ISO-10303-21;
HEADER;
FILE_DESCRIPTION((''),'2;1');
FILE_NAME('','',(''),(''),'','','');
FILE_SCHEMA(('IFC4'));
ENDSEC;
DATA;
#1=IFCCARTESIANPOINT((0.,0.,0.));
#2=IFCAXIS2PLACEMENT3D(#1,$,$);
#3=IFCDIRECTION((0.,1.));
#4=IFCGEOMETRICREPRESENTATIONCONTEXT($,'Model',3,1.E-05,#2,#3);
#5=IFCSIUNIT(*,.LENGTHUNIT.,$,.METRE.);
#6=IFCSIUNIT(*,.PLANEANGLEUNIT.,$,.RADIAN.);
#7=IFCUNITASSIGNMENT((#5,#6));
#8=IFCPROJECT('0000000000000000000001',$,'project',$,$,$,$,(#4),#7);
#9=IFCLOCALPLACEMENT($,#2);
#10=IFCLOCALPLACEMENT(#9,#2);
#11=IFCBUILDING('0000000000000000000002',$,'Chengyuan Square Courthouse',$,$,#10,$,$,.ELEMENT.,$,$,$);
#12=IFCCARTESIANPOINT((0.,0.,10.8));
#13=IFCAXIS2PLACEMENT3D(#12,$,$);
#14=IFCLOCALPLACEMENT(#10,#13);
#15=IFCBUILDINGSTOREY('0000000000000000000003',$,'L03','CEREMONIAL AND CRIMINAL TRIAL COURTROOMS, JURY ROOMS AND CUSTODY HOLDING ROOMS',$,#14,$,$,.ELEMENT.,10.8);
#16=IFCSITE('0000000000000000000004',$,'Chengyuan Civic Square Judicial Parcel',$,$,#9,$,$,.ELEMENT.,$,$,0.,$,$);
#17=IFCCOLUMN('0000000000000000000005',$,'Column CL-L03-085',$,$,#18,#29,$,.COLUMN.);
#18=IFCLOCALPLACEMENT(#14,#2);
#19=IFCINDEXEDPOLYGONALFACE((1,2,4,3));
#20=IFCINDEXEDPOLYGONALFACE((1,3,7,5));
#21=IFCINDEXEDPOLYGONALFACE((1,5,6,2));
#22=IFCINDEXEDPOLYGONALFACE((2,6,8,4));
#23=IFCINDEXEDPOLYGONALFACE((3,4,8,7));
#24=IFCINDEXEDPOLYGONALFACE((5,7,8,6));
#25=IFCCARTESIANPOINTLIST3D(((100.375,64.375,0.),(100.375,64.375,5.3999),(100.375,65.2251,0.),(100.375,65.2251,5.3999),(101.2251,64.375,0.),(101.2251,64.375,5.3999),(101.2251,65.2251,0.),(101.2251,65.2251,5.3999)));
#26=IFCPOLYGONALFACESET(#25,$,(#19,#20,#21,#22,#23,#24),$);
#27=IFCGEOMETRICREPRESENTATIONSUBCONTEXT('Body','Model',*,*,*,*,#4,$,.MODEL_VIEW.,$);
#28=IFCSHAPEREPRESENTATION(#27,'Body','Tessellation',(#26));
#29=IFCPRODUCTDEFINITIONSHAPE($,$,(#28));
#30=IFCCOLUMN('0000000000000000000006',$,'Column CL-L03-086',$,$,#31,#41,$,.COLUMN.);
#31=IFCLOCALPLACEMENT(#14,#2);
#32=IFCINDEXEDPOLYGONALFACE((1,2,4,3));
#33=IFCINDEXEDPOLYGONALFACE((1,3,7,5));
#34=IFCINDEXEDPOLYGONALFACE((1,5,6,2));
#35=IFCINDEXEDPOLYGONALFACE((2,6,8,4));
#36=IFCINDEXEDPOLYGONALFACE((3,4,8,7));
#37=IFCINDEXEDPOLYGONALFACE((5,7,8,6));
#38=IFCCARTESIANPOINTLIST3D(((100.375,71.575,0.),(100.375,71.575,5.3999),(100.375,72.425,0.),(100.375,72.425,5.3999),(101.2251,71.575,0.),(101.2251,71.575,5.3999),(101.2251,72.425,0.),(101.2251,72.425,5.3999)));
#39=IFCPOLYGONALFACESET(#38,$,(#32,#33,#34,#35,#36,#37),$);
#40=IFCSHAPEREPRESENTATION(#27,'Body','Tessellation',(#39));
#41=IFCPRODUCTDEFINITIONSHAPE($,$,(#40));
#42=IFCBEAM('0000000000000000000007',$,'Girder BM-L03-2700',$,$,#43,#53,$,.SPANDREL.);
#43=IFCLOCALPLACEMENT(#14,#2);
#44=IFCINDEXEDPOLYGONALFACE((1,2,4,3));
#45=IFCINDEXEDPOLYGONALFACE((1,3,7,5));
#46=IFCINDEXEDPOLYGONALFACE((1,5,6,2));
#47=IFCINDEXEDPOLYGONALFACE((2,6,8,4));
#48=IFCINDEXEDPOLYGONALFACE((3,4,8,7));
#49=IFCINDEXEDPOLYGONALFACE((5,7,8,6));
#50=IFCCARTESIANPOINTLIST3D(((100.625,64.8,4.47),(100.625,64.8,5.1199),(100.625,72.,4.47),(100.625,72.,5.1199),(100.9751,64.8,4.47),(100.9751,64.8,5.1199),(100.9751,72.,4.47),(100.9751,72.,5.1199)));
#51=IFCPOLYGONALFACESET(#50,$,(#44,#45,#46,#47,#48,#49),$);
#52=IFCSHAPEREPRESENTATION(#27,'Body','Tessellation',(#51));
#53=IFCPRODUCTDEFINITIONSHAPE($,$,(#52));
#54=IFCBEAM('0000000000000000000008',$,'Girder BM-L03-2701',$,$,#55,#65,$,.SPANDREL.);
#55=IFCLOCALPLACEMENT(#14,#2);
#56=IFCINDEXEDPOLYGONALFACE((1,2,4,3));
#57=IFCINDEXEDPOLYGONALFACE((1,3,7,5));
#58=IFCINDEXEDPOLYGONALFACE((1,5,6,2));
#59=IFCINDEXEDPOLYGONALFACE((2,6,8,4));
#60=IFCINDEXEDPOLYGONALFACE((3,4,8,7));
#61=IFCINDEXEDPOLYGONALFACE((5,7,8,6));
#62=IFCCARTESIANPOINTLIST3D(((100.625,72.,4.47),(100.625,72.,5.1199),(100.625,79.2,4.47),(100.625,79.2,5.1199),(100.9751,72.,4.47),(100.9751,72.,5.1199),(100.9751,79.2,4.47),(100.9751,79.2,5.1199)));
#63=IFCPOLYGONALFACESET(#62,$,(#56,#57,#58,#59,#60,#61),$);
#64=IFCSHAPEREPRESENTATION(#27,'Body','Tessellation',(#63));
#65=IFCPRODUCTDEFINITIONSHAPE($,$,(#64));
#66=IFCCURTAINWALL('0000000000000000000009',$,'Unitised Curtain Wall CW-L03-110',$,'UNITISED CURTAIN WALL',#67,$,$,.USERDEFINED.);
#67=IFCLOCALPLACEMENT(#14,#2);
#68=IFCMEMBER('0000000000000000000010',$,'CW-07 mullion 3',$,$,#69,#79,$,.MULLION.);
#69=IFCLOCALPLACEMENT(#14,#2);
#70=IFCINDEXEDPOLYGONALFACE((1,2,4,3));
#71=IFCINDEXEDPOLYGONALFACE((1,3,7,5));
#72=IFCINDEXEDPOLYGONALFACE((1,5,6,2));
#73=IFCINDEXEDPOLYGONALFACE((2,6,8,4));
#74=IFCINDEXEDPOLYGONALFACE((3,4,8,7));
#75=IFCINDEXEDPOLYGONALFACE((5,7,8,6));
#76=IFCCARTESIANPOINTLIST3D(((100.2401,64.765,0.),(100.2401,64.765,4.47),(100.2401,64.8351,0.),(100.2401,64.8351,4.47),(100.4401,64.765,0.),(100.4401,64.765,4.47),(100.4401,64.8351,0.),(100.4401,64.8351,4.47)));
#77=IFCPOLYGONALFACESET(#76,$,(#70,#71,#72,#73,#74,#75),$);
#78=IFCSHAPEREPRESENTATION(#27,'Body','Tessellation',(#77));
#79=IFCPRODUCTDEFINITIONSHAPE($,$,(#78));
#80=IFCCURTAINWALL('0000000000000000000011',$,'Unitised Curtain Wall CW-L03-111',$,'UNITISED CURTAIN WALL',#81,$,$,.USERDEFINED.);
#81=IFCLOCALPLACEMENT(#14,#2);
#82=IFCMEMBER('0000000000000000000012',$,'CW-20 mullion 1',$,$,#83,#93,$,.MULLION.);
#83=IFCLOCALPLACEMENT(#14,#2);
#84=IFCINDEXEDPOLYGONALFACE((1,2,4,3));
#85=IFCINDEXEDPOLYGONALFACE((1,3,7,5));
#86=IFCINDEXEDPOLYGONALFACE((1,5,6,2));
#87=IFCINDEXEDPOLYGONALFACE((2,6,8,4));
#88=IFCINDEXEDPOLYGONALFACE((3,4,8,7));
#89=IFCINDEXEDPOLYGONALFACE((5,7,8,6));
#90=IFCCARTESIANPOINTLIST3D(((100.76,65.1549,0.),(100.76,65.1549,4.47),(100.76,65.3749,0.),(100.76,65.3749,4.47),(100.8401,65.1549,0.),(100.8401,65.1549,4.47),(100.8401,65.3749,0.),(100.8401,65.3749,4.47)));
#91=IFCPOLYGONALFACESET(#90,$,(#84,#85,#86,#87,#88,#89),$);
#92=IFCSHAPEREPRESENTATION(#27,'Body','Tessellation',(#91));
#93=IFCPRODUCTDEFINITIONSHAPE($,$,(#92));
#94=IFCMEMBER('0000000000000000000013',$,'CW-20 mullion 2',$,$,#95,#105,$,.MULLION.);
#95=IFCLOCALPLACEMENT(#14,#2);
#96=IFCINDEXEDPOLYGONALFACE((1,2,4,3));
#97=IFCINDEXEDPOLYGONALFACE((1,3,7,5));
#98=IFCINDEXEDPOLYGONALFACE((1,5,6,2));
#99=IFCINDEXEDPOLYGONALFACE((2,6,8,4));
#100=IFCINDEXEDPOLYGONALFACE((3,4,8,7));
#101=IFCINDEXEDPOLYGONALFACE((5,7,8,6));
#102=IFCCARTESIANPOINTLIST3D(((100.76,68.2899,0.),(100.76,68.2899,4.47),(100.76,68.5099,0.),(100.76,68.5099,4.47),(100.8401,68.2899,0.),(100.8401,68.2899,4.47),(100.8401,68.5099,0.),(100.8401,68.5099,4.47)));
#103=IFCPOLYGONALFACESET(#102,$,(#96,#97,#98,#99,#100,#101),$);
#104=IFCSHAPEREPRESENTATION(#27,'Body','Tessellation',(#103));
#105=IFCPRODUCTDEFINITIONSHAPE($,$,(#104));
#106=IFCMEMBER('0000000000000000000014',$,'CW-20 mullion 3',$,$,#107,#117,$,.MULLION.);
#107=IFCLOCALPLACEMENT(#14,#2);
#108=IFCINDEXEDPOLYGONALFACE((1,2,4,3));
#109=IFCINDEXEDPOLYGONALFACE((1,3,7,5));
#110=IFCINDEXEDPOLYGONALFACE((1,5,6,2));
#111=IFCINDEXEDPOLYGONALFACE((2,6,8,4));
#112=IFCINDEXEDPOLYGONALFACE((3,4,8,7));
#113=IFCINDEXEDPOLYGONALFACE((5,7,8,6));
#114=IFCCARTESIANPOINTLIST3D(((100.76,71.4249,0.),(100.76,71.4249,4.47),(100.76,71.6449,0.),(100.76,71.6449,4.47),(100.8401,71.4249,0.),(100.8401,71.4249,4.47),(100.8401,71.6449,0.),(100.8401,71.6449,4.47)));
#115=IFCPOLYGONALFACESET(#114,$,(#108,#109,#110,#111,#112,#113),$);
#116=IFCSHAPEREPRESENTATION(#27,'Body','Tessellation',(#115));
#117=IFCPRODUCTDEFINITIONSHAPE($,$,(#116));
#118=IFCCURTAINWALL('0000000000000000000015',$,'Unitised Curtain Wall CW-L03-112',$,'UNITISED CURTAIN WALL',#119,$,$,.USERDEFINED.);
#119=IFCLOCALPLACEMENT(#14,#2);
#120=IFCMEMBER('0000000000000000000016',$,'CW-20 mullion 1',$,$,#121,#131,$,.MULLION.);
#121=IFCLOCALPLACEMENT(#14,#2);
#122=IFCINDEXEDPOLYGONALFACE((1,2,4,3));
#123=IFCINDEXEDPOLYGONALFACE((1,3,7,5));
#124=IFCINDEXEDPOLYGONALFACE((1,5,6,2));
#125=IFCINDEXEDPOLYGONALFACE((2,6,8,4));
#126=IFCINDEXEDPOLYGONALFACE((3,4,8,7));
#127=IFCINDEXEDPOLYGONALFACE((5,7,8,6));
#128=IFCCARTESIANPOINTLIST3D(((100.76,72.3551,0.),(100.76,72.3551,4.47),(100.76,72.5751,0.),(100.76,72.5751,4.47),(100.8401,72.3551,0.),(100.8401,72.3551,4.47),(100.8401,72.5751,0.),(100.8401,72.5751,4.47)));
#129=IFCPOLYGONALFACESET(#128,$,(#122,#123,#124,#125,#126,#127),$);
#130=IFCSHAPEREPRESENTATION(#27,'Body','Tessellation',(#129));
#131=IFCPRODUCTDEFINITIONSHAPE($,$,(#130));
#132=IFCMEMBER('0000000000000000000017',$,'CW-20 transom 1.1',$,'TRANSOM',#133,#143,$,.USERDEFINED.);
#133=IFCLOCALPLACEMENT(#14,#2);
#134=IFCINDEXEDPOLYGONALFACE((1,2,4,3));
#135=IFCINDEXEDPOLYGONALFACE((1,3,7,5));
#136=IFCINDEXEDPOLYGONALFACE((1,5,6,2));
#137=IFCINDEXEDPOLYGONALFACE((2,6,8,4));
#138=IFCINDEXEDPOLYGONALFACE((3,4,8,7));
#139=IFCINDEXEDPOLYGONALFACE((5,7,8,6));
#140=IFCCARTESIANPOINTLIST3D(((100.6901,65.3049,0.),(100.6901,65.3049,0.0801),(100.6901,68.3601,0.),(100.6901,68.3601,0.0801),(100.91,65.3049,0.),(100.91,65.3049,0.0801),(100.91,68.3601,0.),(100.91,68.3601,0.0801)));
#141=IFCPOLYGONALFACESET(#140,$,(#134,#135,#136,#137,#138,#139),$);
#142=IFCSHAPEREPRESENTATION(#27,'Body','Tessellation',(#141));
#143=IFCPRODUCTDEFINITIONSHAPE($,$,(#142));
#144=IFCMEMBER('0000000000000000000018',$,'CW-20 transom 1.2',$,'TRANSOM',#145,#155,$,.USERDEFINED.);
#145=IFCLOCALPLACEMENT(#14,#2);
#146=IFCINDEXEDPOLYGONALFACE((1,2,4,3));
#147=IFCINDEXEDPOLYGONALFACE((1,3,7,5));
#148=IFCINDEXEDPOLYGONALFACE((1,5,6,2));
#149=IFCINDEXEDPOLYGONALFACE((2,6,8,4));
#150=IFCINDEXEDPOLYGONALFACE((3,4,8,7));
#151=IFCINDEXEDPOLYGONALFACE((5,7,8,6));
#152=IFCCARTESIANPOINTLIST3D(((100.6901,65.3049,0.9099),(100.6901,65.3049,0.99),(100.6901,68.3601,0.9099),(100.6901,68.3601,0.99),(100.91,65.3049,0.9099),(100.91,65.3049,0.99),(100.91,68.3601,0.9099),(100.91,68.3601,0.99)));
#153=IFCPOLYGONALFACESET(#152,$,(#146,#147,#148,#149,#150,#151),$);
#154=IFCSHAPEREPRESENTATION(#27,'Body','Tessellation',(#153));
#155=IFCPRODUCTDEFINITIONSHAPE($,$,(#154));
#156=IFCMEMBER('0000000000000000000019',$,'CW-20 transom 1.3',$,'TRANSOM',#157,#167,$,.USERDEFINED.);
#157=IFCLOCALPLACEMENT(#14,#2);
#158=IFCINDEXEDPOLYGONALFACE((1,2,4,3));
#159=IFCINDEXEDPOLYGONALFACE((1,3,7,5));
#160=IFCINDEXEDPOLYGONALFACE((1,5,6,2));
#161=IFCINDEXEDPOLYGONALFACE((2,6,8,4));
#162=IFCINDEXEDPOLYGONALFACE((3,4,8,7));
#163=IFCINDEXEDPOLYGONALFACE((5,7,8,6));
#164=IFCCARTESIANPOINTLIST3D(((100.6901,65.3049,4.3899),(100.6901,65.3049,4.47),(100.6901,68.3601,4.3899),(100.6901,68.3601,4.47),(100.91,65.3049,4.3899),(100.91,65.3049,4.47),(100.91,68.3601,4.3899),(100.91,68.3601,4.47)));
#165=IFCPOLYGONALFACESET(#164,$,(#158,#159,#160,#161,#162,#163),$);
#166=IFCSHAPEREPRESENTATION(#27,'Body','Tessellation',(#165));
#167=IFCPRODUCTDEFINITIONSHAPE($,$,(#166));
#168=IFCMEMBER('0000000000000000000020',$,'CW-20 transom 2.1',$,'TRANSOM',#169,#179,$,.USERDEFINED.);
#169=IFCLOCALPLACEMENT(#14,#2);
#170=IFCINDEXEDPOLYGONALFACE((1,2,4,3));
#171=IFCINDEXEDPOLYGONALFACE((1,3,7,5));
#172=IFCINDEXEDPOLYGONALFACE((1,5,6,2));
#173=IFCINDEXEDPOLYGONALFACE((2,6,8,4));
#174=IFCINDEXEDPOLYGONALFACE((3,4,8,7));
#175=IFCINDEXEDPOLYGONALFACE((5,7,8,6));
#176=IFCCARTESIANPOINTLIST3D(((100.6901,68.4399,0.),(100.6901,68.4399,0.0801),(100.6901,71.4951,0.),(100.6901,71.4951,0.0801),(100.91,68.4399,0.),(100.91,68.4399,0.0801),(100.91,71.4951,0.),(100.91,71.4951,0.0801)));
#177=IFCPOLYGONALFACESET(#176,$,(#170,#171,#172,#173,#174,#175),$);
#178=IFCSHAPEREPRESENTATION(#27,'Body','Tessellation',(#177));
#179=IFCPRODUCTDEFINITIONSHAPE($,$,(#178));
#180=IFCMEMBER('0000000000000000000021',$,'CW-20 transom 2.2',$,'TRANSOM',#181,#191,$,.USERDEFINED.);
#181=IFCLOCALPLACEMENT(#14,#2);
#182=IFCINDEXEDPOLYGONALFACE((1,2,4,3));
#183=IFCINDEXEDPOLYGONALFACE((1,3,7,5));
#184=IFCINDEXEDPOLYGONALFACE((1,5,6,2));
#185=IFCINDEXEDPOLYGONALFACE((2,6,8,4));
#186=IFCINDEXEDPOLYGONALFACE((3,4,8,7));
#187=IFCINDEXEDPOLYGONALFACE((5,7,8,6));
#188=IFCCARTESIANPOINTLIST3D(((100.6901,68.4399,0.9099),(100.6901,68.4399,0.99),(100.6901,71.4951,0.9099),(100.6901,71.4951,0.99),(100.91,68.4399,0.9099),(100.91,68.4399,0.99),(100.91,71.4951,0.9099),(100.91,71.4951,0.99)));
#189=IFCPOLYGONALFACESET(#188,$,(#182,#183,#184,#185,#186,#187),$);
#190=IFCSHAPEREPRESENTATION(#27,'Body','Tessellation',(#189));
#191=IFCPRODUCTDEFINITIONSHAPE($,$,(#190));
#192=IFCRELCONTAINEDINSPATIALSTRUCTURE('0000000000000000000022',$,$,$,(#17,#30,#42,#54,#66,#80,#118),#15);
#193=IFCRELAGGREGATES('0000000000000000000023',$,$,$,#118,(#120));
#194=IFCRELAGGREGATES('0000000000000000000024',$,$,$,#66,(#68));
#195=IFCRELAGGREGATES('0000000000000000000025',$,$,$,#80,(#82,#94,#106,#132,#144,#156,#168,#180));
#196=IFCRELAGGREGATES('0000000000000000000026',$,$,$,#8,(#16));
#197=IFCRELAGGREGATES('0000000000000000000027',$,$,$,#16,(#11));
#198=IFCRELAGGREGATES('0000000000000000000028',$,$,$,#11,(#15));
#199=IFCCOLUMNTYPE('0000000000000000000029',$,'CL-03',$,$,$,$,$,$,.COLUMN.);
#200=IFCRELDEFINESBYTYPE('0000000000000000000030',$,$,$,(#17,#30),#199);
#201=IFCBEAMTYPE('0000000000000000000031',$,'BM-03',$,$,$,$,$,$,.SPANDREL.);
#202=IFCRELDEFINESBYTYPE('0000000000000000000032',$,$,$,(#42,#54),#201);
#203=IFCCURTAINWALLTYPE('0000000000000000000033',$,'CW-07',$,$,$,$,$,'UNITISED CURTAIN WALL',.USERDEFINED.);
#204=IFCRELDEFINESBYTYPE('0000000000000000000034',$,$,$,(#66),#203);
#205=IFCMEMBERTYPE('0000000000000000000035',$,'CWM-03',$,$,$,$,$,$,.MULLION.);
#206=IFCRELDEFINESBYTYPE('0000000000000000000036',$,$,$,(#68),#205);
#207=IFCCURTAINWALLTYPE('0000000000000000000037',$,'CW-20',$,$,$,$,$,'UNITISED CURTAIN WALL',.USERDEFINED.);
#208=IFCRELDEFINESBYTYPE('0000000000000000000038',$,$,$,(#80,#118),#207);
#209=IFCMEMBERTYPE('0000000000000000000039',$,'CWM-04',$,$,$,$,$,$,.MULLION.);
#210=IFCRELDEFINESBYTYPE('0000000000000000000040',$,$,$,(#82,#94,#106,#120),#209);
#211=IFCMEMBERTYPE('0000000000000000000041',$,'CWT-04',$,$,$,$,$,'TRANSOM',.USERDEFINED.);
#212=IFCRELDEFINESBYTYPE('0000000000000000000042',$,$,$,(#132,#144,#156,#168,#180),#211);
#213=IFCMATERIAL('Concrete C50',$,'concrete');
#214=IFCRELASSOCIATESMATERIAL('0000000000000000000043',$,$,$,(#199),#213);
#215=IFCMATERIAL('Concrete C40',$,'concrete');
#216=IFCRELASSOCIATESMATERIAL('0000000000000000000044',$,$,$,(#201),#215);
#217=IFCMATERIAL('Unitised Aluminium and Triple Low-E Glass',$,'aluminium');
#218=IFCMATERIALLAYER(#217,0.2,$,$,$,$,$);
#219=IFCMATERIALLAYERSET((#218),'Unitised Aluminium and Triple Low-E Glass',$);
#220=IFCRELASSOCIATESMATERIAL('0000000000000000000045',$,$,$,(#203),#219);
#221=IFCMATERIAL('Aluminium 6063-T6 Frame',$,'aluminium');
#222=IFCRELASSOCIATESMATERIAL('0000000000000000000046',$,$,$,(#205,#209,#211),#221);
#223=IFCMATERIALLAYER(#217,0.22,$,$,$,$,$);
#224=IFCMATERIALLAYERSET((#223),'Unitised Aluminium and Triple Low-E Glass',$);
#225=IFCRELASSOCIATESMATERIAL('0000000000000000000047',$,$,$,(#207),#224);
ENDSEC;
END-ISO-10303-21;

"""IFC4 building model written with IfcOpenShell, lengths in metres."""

from ifc_helpers import new_model, si_unit, direction, frame, origin, origin_2d, place, context, subcontext, project, spatial, rectangle, extrude, material, layer, layer_set, material_profile, profile_set, type_object, element, aggregate, save


model = new_model("IFC4")

# Units and contexts
model_context = context("Model", 3, precision=1e-05, world=origin(), true_north=direction((0.0, 1.0)))
body_context = subcontext(model_context, "Body", "Model", "MODEL_VIEW")
ifc_project = project(units=[si_unit("LENGTHUNIT", "METRE"), si_unit("PLANEANGLEUNIT", "RADIAN")], contexts=[model_context])

# Site, building, storey
site_placement = place(None, origin())
site = spatial("IfcSite", under=ifc_project, at=site_placement, Name="Chengyuan Civic Square Judicial Parcel", CompositionType="ELEMENT", RefElevation=0.0)
building_placement = place(site_placement, origin())
building = spatial("IfcBuilding", under=site, at=building_placement, Name="Chengyuan Square Courthouse", CompositionType="ELEMENT")
storey_placement = place(building_placement, frame((0.0, 0.0, 10.8)))
storey = spatial("IfcBuildingStorey", under=building, at=storey_placement, Name="L03", Description="CEREMONIAL AND CRIMINAL TRIAL COURTROOMS, JURY ROOMS AND CUSTODY HOLDING ROOMS", CompositionType="ELEMENT", Elevation=10.8)

# Columns
ifc_material_1 = material(Name="Concrete C50", Category="concrete")
ifc_material_profile_1 = material_profile(ifc_material_1, rectangle(XDim=0.8501, YDim=0.8501, at=origin_2d()), Name="RC-COL-850x850")
ifc_profile_set_1 = profile_set([ifc_material_profile_1], Name="Concrete C50")
column_type = type_object("IfcColumnType", Name="CL-03", PredefinedType="COLUMN", material=ifc_profile_set_1)
for number, where, z_axis, x_axis, name in (
    (1, (100.8, 64.8, 0.0), (0.0, 0.0, 1.0), (1.0, 0.0, 0.0), "Column CL-L03-085"),
    (2, (100.8, 72.0, 0.0), (0.0, 0.0, 1.0), (1.0, 0.0, 0.0), "Column CL-L03-086"),
):
    element("IfcColumn", number, at=place(storey_placement, frame(where, z_axis=z_axis, x_axis=x_axis)), inside=storey, type_object=column_type, Name=name, PredefinedType="COLUMN", context=body_context, shape_type="SweptSolid", body=[
        extrude(rectangle(XDim=0.8501, YDim=0.8501, at=origin_2d()), origin(), (0.0, 0.0, 1.0), 5.3999),
    ])

# Beams
ifc_material_2 = material(Name="Concrete C40", Category="concrete")
ifc_material_profile_2 = material_profile(ifc_material_2, rectangle(XDim=0.3501, YDim=0.6499, at=origin_2d()), Name="RC-BM-350x650")
ifc_profile_set_2 = profile_set([ifc_material_profile_2], Name="Concrete C40")
beam_type = type_object("IfcBeamType", Name="BM-03", PredefinedType="SPANDREL", material=ifc_profile_set_2)
for number, where, z_axis, x_axis, name in (
    (3, (100.8, 64.8, 4.7949), (0.0, 1.0, 0.0), (-1.0, 0.0, 0.0), "Girder BM-L03-2700"),
    (4, (100.8, 72.0, 4.7949), (0.0, 1.0, 0.0), (-1.0, 0.0, 0.0), "Girder BM-L03-2701"),
):
    element("IfcBeam", number, at=place(storey_placement, frame(where, z_axis=z_axis, x_axis=x_axis)), inside=storey, type_object=beam_type, Name=name, PredefinedType="SPANDREL", context=body_context, shape_type="SweptSolid", body=[
        extrude(rectangle(XDim=0.3501, YDim=0.6499, at=origin_2d()), origin(), (0.0, 0.0, 1.0), 7.2),
    ])

# Curtain wall, member
ifc_material_3 = material(Name="Unitised Aluminium and Triple Low-E Glass", Category="aluminium")
ifc_layer_1 = layer(ifc_material_3, 0.2)
ifc_layer_set_1 = layer_set([ifc_layer_1], Name="Unitised Aluminium and Triple Low-E Glass")
curtain_wall_type_1 = type_object("IfcCurtainWallType", Name="CW-07", ElementType="UNITISED CURTAIN WALL", PredefinedType="USERDEFINED", material=ifc_layer_set_1)
curtain_wall_1_placement = place(storey_placement, origin())
curtain_wall_1 = element("IfcCurtainWall", 5, at=curtain_wall_1_placement, inside=storey, type_object=curtain_wall_type_1, Name="Unitised Curtain Wall CW-L03-110", ObjectType="UNITISED CURTAIN WALL", PredefinedType="USERDEFINED")
ifc_material_4 = material(Name="Aluminium 6063-T6 Frame", Category="aluminium")
ifc_material_profile_3 = material_profile(ifc_material_4, rectangle(XDim=0.0701, YDim=0.2, at=origin_2d()), Name="CW-MUL-70x200")
ifc_profile_set_3 = profile_set([ifc_material_profile_3], Name="Aluminium 6063-T6 Frame")
member_type_1 = type_object("IfcMemberType", Name="CWM-03", PredefinedType="MULLION", material=ifc_profile_set_3)
member_1_placement = place(storey_placement, frame((100.3401, 64.8, 0.0), z_axis=(0.0, 0.0, 1.0), x_axis=(0.0, 1.0, 0.0)))
member_1 = element("IfcMember", 6, at=member_1_placement, type_object=member_type_1, Name="CW-07 mullion 3", PredefinedType="MULLION", context=body_context, shape_type="SweptSolid", body=[
    extrude(rectangle(XDim=0.0701, YDim=0.2, at=origin_2d()), origin(), (0.0, 0.0, 1.0), 4.47),
])

# Curtain wall, members
ifc_layer_2 = layer(ifc_material_3, 0.22)
ifc_layer_set_2 = layer_set([ifc_layer_2], Name="Unitised Aluminium and Triple Low-E Glass")
curtain_wall_type_2 = type_object("IfcCurtainWallType", Name="CW-20", ElementType="UNITISED CURTAIN WALL", PredefinedType="USERDEFINED", material=ifc_layer_set_2)
curtain_wall_2_placement = place(storey_placement, origin())
curtain_wall_2 = element("IfcCurtainWall", 7, at=curtain_wall_2_placement, inside=storey, type_object=curtain_wall_type_2, Name="Unitised Curtain Wall CW-L03-111", ObjectType="UNITISED CURTAIN WALL", PredefinedType="USERDEFINED")
ifc_material_profile_4 = material_profile(ifc_material_4, rectangle(XDim=0.0801, YDim=0.22, at=origin_2d()), Name="CW-MUL-80x220")
ifc_profile_set_4 = profile_set([ifc_material_profile_4], Name="Aluminium 6063-T6 Frame")
member_type_2 = type_object("IfcMemberType", Name="CWM-04", PredefinedType="MULLION", material=ifc_profile_set_4)
member_2_placement = place(storey_placement, frame((100.8, 65.2649, 0.0), z_axis=(0.0, 0.0, 1.0), x_axis=(-1.0, 0.0, 0.0)))
member_2 = element("IfcMember", 8, at=member_2_placement, type_object=member_type_2, Name="CW-20 mullion 1", PredefinedType="MULLION", context=body_context, shape_type="SweptSolid", body=[
    extrude(rectangle(XDim=0.0801, YDim=0.22, at=origin_2d()), origin(), (0.0, 0.0, 1.0), 4.47),
])
member_3_placement = place(storey_placement, frame((100.8, 68.3999, 0.0), z_axis=(0.0, 0.0, 1.0), x_axis=(-1.0, 0.0, 0.0)))
member_3 = element("IfcMember", 9, at=member_3_placement, type_object=member_type_2, Name="CW-20 mullion 2", PredefinedType="MULLION", context=body_context, shape_type="SweptSolid", body=[
    extrude(rectangle(XDim=0.0801, YDim=0.22, at=origin_2d()), origin(), (0.0, 0.0, 1.0), 4.47),
])
member_4_placement = place(storey_placement, frame((100.8, 71.5349, 0.0), z_axis=(0.0, 0.0, 1.0), x_axis=(-1.0, 0.0, 0.0)))
member_4 = element("IfcMember", 10, at=member_4_placement, type_object=member_type_2, Name="CW-20 mullion 3", PredefinedType="MULLION", context=body_context, shape_type="SweptSolid", body=[
    extrude(rectangle(XDim=0.0801, YDim=0.22, at=origin_2d()), origin(), (0.0, 0.0, 1.0), 4.47),
])

# Curtain wall, member
curtain_wall_3_placement = place(storey_placement, origin())
curtain_wall_3 = element("IfcCurtainWall", 11, at=curtain_wall_3_placement, inside=storey, type_object=curtain_wall_type_2, Name="Unitised Curtain Wall CW-L03-112", ObjectType="UNITISED CURTAIN WALL", PredefinedType="USERDEFINED")
member_5_placement = place(storey_placement, frame((100.8, 72.4651, 0.0), z_axis=(0.0, 0.0, 1.0), x_axis=(-1.0, 0.0, 0.0)))
member_5 = element("IfcMember", 12, at=member_5_placement, type_object=member_type_2, Name="CW-20 mullion 1", PredefinedType="MULLION", context=body_context, shape_type="SweptSolid", body=[
    extrude(rectangle(XDim=0.0801, YDim=0.22, at=origin_2d()), origin(), (0.0, 0.0, 1.0), 4.47),
])
aggregate(curtain_wall_3, [member_5])

# Members
ifc_material_profile_5 = material_profile(ifc_material_4, rectangle(XDim=0.22, YDim=0.0801, at=origin_2d()), Name="CW-TRN-80x180")
ifc_profile_set_5 = profile_set([ifc_material_profile_5], Name="Aluminium 6063-T6 Frame")
member_type_3 = type_object("IfcMemberType", Name="CWT-04", ElementType="TRANSOM", PredefinedType="USERDEFINED", material=ifc_profile_set_5)
member_6_placement = place(storey_placement, frame((100.8, 65.3049, 0.04), z_axis=(0.0, 1.0, 0.0), x_axis=(-1.0, 0.0, 0.0)))
member_6 = element("IfcMember", 13, at=member_6_placement, type_object=member_type_3, Name="CW-20 transom 1.1", ObjectType="TRANSOM", PredefinedType="USERDEFINED", context=body_context, shape_type="SweptSolid", body=[
    extrude(rectangle(XDim=0.22, YDim=0.0801, at=origin_2d()), origin(), (0.0, 0.0, 1.0), 3.0552),
])
member_7_placement = place(storey_placement, frame((100.8, 65.3049, 0.95), z_axis=(0.0, 1.0, 0.0), x_axis=(-1.0, 0.0, 0.0)))
member_7 = element("IfcMember", 14, at=member_7_placement, type_object=member_type_3, Name="CW-20 transom 1.2", ObjectType="TRANSOM", PredefinedType="USERDEFINED", context=body_context, shape_type="SweptSolid", body=[
    extrude(rectangle(XDim=0.22, YDim=0.0801, at=origin_2d()), origin(), (0.0, 0.0, 1.0), 3.0552),
])
member_8_placement = place(storey_placement, frame((100.8, 65.3049, 4.4299), z_axis=(0.0, 1.0, 0.0), x_axis=(-1.0, 0.0, 0.0)))
member_8 = element("IfcMember", 15, at=member_8_placement, type_object=member_type_3, Name="CW-20 transom 1.3", ObjectType="TRANSOM", PredefinedType="USERDEFINED", context=body_context, shape_type="SweptSolid", body=[
    extrude(rectangle(XDim=0.22, YDim=0.0801, at=origin_2d()), origin(), (0.0, 0.0, 1.0), 3.0552),
])
member_9_placement = place(storey_placement, frame((100.8, 68.4399, 0.04), z_axis=(0.0, 1.0, 0.0), x_axis=(-1.0, 0.0, 0.0)))
member_9 = element("IfcMember", 16, at=member_9_placement, type_object=member_type_3, Name="CW-20 transom 2.1", ObjectType="TRANSOM", PredefinedType="USERDEFINED", context=body_context, shape_type="SweptSolid", body=[
    extrude(rectangle(XDim=0.22, YDim=0.0801, at=origin_2d()), origin(), (0.0, 0.0, 1.0), 3.0552),
])
member_10_placement = place(storey_placement, frame((100.8, 68.4399, 0.95), z_axis=(0.0, 1.0, 0.0), x_axis=(-1.0, 0.0, 0.0)))
member_10 = element("IfcMember", 17, at=member_10_placement, type_object=member_type_3, Name="CW-20 transom 2.2", ObjectType="TRANSOM", PredefinedType="USERDEFINED", context=body_context, shape_type="SweptSolid", body=[
    extrude(rectangle(XDim=0.22, YDim=0.0801, at=origin_2d()), origin(), (0.0, 0.0, 1.0), 3.0552),
])

aggregate(curtain_wall_1, [member_1])
aggregate(curtain_wall_2, [member_2, member_3, member_4, member_6, member_7, member_8, member_9, member_10])

save(model, "model.ifc")
